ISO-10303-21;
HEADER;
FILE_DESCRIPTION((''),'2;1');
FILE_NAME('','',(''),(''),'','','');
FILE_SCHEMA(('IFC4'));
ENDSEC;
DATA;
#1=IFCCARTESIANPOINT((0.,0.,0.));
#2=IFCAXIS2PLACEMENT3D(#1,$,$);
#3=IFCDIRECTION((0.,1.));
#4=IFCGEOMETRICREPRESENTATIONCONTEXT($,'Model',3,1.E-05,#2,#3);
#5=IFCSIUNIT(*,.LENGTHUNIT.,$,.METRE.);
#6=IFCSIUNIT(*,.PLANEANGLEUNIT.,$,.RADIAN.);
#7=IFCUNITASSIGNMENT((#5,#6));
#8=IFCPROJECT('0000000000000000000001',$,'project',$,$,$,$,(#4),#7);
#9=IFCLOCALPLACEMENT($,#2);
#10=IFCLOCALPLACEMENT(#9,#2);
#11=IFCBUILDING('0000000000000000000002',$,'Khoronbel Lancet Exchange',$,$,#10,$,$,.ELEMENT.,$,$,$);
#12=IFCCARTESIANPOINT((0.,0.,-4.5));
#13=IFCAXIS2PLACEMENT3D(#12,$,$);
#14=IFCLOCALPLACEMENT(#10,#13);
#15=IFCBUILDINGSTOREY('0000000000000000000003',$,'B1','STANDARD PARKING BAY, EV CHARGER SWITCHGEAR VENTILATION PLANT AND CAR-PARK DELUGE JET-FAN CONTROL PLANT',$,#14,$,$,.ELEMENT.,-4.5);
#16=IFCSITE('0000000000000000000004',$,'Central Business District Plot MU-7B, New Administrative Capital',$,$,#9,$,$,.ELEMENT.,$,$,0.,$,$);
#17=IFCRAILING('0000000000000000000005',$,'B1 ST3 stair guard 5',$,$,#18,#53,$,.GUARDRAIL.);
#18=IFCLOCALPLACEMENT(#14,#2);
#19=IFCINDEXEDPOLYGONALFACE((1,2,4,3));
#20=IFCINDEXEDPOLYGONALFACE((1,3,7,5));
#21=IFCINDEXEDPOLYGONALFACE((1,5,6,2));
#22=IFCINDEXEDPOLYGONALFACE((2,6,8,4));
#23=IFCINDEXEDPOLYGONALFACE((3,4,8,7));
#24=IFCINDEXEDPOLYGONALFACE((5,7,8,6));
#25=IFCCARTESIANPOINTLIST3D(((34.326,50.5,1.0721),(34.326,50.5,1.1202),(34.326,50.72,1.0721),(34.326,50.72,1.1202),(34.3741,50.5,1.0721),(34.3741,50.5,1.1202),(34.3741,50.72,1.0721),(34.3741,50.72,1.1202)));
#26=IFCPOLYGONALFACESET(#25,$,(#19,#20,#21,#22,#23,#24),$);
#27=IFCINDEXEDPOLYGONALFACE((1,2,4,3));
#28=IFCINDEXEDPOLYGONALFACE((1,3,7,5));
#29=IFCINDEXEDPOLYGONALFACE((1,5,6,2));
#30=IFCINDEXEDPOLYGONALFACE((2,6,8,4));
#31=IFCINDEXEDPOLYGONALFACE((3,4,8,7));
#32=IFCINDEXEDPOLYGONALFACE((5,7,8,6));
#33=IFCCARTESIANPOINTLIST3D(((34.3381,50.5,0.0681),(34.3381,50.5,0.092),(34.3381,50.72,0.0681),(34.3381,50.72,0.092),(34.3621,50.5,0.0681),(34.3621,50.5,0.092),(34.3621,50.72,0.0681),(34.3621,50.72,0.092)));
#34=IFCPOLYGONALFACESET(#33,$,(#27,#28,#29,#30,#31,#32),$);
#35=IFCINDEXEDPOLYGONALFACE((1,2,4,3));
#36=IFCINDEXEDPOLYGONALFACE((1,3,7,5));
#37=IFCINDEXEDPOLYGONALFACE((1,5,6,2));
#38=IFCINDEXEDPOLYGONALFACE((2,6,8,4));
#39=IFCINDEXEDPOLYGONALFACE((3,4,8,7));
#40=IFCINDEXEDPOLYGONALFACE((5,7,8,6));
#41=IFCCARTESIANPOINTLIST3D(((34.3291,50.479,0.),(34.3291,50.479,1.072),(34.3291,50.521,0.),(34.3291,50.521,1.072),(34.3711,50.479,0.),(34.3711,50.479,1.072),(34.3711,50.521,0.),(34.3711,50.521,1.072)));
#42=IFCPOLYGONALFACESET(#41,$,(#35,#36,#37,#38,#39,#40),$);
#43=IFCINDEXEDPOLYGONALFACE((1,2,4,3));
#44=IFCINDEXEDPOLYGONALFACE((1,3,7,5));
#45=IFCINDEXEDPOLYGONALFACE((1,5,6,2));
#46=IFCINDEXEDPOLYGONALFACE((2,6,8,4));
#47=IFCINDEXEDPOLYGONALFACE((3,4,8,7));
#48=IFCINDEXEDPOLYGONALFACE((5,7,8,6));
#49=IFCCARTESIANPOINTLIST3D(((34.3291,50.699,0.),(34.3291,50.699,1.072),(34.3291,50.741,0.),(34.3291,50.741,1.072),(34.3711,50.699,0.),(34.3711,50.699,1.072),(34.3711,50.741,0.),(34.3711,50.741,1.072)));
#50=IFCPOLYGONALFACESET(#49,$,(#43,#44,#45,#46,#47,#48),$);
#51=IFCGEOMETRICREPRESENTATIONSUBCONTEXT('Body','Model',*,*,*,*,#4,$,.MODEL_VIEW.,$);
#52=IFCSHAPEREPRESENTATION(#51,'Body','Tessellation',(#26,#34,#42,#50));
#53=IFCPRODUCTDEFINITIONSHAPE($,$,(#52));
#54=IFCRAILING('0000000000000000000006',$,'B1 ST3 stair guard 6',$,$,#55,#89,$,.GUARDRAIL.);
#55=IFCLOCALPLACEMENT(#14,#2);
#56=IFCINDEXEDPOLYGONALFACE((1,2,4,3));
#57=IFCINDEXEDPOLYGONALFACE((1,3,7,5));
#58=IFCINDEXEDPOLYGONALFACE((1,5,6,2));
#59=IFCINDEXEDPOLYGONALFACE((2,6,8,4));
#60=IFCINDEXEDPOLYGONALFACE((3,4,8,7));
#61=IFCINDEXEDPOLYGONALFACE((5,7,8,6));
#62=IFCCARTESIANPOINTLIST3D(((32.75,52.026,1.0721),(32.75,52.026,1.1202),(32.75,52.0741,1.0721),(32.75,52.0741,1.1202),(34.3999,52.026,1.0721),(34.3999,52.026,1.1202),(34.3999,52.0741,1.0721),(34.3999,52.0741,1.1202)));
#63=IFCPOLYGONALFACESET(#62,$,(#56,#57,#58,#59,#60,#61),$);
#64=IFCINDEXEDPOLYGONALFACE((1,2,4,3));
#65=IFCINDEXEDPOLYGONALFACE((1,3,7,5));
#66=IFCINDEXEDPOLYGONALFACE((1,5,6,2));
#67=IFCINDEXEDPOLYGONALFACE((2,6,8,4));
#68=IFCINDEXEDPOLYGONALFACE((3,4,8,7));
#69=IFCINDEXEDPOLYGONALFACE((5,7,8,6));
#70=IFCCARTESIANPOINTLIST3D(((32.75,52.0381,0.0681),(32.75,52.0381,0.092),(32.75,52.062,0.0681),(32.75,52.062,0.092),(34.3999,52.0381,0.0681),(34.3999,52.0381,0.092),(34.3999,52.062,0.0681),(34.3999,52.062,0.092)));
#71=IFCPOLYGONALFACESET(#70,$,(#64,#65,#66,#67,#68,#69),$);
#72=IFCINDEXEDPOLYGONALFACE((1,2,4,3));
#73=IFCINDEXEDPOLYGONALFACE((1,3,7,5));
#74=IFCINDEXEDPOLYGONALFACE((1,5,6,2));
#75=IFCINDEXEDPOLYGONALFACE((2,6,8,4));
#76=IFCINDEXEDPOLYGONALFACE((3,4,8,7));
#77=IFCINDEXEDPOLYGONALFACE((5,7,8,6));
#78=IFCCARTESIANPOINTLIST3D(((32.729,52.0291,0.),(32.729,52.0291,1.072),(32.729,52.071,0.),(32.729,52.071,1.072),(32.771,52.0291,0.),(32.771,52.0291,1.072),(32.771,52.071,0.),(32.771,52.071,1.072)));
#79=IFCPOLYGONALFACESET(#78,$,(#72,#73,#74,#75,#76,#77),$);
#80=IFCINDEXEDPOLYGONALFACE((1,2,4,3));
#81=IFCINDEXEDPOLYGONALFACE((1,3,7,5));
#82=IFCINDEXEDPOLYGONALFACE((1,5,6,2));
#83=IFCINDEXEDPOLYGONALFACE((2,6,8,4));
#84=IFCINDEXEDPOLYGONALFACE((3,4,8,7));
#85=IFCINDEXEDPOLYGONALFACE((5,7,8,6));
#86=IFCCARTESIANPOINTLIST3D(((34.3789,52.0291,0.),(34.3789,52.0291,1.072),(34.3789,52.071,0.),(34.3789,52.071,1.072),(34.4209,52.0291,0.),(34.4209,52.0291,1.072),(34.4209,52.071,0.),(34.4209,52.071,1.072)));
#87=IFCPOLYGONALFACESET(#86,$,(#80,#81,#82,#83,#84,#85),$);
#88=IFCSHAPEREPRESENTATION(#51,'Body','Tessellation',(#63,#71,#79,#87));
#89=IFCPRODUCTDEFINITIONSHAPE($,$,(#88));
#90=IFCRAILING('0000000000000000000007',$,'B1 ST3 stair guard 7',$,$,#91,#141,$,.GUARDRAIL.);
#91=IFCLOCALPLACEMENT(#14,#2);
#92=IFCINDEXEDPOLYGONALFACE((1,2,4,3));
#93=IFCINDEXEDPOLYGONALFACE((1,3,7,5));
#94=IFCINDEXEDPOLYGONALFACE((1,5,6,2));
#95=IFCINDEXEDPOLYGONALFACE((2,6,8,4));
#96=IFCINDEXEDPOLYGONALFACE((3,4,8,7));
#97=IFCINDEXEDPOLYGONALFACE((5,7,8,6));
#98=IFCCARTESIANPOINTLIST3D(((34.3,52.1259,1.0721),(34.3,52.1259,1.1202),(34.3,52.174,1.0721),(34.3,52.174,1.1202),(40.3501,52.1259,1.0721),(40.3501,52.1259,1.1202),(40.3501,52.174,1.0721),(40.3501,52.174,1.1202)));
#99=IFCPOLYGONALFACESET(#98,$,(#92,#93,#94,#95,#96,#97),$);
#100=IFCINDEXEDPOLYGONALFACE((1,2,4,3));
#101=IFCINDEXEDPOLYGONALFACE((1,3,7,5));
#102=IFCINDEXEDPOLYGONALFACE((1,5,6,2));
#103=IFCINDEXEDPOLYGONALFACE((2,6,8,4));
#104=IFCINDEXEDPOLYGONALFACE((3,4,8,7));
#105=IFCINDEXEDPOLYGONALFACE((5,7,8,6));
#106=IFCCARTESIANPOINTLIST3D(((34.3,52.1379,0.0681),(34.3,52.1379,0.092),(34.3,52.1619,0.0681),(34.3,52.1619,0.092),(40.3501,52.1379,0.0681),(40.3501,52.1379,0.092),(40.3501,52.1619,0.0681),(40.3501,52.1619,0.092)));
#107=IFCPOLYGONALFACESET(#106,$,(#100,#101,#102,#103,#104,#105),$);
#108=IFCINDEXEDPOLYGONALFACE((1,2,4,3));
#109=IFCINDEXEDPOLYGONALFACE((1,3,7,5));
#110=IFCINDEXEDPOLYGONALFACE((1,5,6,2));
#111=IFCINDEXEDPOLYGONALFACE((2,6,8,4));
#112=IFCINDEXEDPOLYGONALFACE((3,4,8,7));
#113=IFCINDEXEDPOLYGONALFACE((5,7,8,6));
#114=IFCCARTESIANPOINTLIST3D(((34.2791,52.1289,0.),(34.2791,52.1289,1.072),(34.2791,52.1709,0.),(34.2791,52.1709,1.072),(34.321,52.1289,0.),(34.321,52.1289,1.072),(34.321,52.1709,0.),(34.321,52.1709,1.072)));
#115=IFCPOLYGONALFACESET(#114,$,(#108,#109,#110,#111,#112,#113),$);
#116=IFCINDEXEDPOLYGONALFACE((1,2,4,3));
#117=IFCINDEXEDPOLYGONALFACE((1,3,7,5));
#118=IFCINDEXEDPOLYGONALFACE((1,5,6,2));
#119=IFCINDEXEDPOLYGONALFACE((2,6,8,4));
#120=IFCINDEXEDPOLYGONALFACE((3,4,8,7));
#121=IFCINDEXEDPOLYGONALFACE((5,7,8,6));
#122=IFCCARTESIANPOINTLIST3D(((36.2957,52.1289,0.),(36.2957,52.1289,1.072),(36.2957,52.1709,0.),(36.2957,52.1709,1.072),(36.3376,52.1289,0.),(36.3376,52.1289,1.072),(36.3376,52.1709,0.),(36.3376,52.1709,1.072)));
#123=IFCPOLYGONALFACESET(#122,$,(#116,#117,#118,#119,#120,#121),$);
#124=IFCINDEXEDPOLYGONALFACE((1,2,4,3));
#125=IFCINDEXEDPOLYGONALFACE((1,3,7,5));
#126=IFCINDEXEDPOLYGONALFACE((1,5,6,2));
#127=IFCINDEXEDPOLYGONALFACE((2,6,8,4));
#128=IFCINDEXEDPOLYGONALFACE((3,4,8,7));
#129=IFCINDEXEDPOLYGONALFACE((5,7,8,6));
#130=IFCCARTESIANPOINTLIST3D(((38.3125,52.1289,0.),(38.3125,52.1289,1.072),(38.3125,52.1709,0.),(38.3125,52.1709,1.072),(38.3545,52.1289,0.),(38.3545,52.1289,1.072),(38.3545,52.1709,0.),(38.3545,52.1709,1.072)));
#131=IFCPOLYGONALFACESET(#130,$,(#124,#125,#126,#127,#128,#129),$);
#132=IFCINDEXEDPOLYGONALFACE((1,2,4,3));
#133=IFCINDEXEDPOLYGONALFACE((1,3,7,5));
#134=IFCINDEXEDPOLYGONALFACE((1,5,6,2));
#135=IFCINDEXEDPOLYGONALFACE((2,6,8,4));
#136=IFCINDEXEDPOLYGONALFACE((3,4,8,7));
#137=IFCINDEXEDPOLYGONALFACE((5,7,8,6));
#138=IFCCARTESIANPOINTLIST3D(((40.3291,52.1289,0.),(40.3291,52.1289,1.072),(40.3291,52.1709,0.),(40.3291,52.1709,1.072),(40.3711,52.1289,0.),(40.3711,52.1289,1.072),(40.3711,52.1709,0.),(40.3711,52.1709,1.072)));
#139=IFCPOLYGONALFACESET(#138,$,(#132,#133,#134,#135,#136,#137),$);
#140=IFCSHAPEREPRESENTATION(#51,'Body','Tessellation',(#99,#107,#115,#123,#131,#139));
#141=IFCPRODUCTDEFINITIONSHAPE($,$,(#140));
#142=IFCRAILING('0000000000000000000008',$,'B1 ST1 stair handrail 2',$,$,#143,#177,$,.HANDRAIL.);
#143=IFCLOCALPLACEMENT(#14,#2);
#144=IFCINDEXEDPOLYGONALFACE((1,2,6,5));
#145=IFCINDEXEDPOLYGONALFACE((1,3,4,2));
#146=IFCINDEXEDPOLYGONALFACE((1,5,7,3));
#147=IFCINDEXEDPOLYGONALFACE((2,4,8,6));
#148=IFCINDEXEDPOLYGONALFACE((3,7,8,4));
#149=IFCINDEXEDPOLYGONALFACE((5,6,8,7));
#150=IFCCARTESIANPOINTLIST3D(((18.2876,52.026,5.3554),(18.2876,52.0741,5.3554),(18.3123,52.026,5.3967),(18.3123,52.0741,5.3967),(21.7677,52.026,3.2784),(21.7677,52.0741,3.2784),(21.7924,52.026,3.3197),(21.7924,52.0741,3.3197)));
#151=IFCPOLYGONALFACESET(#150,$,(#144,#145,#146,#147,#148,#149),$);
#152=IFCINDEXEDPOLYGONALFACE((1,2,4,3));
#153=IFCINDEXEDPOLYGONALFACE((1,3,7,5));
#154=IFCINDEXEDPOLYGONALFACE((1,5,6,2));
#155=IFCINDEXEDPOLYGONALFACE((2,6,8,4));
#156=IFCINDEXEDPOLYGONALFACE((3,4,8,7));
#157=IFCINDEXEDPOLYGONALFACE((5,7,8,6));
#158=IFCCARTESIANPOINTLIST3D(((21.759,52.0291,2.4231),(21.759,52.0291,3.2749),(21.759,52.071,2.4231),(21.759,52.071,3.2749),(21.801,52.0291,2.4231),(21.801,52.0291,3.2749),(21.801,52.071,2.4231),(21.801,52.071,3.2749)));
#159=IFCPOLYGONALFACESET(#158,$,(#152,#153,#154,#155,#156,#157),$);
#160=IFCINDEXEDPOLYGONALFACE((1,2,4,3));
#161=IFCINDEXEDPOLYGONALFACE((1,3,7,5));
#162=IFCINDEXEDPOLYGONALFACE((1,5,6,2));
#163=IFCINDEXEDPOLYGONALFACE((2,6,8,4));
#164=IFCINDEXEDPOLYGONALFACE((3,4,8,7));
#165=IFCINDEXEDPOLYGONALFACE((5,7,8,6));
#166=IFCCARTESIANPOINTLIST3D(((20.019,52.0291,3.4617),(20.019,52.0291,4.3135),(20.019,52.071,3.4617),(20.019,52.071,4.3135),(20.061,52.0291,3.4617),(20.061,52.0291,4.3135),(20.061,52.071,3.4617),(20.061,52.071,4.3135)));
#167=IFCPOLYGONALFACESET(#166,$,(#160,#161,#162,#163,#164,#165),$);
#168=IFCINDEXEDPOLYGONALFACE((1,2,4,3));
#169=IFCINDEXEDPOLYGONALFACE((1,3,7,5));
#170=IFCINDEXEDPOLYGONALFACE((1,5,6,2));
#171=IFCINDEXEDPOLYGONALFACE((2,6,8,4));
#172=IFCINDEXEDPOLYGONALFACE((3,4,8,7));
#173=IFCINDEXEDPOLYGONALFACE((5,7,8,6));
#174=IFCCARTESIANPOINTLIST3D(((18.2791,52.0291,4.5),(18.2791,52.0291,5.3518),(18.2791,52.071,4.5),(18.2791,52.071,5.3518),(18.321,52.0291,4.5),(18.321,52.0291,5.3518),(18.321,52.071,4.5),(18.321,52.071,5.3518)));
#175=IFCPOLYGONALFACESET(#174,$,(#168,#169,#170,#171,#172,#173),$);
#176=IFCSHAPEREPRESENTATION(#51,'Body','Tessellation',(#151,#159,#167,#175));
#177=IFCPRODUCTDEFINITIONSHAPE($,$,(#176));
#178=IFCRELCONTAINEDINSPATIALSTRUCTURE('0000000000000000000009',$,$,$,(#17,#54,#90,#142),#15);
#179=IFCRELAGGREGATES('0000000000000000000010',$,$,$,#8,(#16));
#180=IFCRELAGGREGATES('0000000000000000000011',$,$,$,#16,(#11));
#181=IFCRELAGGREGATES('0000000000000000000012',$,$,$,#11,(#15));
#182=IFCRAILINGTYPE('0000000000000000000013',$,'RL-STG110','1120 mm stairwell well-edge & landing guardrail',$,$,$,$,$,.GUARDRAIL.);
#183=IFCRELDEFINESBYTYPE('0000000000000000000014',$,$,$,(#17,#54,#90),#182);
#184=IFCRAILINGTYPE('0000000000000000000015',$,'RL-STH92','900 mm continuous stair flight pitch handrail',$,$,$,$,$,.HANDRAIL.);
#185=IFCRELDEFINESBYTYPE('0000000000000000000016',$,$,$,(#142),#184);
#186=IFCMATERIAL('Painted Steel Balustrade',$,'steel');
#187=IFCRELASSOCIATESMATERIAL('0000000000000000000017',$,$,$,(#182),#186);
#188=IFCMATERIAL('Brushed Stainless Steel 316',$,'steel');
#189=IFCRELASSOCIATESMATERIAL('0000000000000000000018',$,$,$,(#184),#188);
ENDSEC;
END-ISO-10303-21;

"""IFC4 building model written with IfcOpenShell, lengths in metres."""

from ifc_helpers import new_model, si_unit, direction, frame, origin, origin_2d, place, context, subcontext, project, spatial, rectangle, extrude, material, type_object, element, save


model = new_model("IFC4")

# Units and contexts
model_context = context("Model", 3, precision=1e-05, world=origin(), true_north=direction((0.0, 1.0)))
body_context = subcontext(model_context, "Body", "Model", "MODEL_VIEW")
ifc_project = project(units=[si_unit("LENGTHUNIT", "METRE"), si_unit("PLANEANGLEUNIT", "RADIAN")], contexts=[model_context])

# Site, building, storey
site_placement = place(None, origin())
site = spatial("IfcSite", under=ifc_project, at=site_placement, Name="Central Business District Plot MU-7B, New Administrative Capital", CompositionType="ELEMENT", RefElevation=0.0)
building_placement = place(site_placement, origin())
building = spatial("IfcBuilding", under=site, at=building_placement, Name="Khoronbel Lancet Exchange", CompositionType="ELEMENT")
storey_placement = place(building_placement, frame((0.0, 0.0, -4.5)))
storey = spatial("IfcBuildingStorey", under=building, at=storey_placement, Name="B1", Description="STANDARD PARKING BAY, EV CHARGER SWITCHGEAR VENTILATION PLANT AND CAR-PARK DELUGE JET-FAN CONTROL PLANT", CompositionType="ELEMENT", Elevation=-4.5)

# Railings
ifc_material_1 = material(Name="Painted Steel Balustrade", Category="steel")
railing_type_1 = type_object("IfcRailingType", Name="RL-STG110", Description="1120 mm stairwell well-edge & landing guardrail", PredefinedType="GUARDRAIL", material=ifc_material_1)
railing_1_placement = place(storey_placement, frame((34.3501, 50.5, 0.0)))
element("IfcRailing", 1, at=railing_1_placement, inside=storey, type_object=railing_type_1, Name="B1 ST3 stair guard 5", PredefinedType="GUARDRAIL", context=body_context, shape_type="SweptSolid", body=[
    extrude(rectangle(XDim=0.0481, YDim=0.0481, at=origin_2d()), frame((0.0, 0.0, 1.0962), z_axis=(0.0, 1.0, 0.0), x_axis=(-1.0, 0.0, 0.0)), (0.0, 0.0, 1.0), 0.22),
    extrude(rectangle(XDim=0.0239, YDim=0.0239, at=origin_2d()), frame((0.0, 0.0, 0.0801), z_axis=(0.0, 1.0, 0.0), x_axis=(-1.0, 0.0, 0.0)), (0.0, 0.0, 1.0), 0.22),
    extrude(rectangle(XDim=0.042, YDim=0.042, at=origin_2d()), origin(), (0.0, 0.0, 1.0), 1.072),
    extrude(rectangle(XDim=0.042, YDim=0.042, at=origin_2d()), frame((0.0, 0.22, 0.0)), (0.0, 0.0, 1.0), 1.072),
])
railing_2_placement = place(storey_placement, frame((32.75, 52.05, 0.0)))
element("IfcRailing", 2, at=railing_2_placement, inside=storey, type_object=railing_type_1, Name="B1 ST3 stair guard 6", PredefinedType="GUARDRAIL", context=body_context, shape_type="SweptSolid", body=[
    extrude(rectangle(XDim=0.0481, YDim=0.0481, at=origin_2d()), frame((0.0, 0.0, 1.0962), z_axis=(1.0, 0.0, 0.0), x_axis=(0.0, 1.0, 0.0)), (0.0, 0.0, 1.0), 1.6499),
    extrude(rectangle(XDim=0.0239, YDim=0.0239, at=origin_2d()), frame((0.0, 0.0, 0.0801), z_axis=(1.0, 0.0, 0.0), x_axis=(0.0, 1.0, 0.0)), (0.0, 0.0, 1.0), 1.6499),
    extrude(rectangle(XDim=0.042, YDim=0.042, at=origin_2d()), origin(), (0.0, 0.0, 1.0), 1.072),
    extrude(rectangle(XDim=0.042, YDim=0.042, at=origin_2d()), frame((1.6499, 0.0, 0.0)), (0.0, 0.0, 1.0), 1.072),
])
railing_3_placement = place(storey_placement, frame((34.3, 52.1499, 0.0)))
element("IfcRailing", 3, at=railing_3_placement, inside=storey, type_object=railing_type_1, Name="B1 ST3 stair guard 7", PredefinedType="GUARDRAIL", context=body_context, shape_type="SweptSolid", body=[
    extrude(rectangle(XDim=0.0481, YDim=0.0481, at=origin_2d()), frame((0.0, 0.0, 1.0962), z_axis=(1.0, 0.0, 0.0), x_axis=(0.0, 1.0, 0.0)), (0.0, 0.0, 1.0), 6.05),
    extrude(rectangle(XDim=0.0239, YDim=0.0239, at=origin_2d()), frame((0.0, 0.0, 0.0801), z_axis=(1.0, 0.0, 0.0), x_axis=(0.0, 1.0, 0.0)), (0.0, 0.0, 1.0), 6.05),
    extrude(rectangle(XDim=0.042, YDim=0.042, at=origin_2d()), origin(), (0.0, 0.0, 1.0), 1.072),
    extrude(rectangle(XDim=0.042, YDim=0.042, at=origin_2d()), frame((2.0166, 0.0, 0.0)), (0.0, 0.0, 1.0), 1.072),
    extrude(rectangle(XDim=0.042, YDim=0.042, at=origin_2d()), frame((4.0334, 0.0, 0.0)), (0.0, 0.0, 1.0), 1.072),
    extrude(rectangle(XDim=0.042, YDim=0.042, at=origin_2d()), frame((6.05, 0.0, 0.0)), (0.0, 0.0, 1.0), 1.072),
])
ifc_material_2 = material(Name="Brushed Stainless Steel 316", Category="steel")
railing_type_2 = type_object("IfcRailingType", Name="RL-STH92", Description="900 mm continuous stair flight pitch handrail", PredefinedType="HANDRAIL", material=ifc_material_2)
railing_4_placement = place(storey_placement, frame((21.78, 52.05, 2.4231)))
element("IfcRailing", 4, at=railing_4_placement, inside=storey, type_object=railing_type_2, Name="B1 ST1 stair handrail 2", PredefinedType="HANDRAIL", context=body_context, shape_type="SweptSolid", body=[
    extrude(rectangle(XDim=0.0481, YDim=0.0481, at=origin_2d()), frame((0.0, 0.0, 0.876), z_axis=(-0.858697, 0.0, 0.512483), x_axis=(0.0, -1.0, 0.0)), (0.0, 0.0, 1.0), 4.0527),
    extrude(rectangle(XDim=0.042, YDim=0.042, at=origin_2d()), origin(), (0.0, 0.0, 1.0), 0.8518),
    extrude(rectangle(XDim=0.042, YDim=0.042, at=origin_2d()), frame((-1.74, 0.0, 1.0386)), (0.0, 0.0, 1.0), 0.8518),
    extrude(rectangle(XDim=0.042, YDim=0.042, at=origin_2d()), frame((-3.48, 0.0, 2.0769)), (0.0, 0.0, 1.0), 0.8518),
])

save(model, "model.ifc")
